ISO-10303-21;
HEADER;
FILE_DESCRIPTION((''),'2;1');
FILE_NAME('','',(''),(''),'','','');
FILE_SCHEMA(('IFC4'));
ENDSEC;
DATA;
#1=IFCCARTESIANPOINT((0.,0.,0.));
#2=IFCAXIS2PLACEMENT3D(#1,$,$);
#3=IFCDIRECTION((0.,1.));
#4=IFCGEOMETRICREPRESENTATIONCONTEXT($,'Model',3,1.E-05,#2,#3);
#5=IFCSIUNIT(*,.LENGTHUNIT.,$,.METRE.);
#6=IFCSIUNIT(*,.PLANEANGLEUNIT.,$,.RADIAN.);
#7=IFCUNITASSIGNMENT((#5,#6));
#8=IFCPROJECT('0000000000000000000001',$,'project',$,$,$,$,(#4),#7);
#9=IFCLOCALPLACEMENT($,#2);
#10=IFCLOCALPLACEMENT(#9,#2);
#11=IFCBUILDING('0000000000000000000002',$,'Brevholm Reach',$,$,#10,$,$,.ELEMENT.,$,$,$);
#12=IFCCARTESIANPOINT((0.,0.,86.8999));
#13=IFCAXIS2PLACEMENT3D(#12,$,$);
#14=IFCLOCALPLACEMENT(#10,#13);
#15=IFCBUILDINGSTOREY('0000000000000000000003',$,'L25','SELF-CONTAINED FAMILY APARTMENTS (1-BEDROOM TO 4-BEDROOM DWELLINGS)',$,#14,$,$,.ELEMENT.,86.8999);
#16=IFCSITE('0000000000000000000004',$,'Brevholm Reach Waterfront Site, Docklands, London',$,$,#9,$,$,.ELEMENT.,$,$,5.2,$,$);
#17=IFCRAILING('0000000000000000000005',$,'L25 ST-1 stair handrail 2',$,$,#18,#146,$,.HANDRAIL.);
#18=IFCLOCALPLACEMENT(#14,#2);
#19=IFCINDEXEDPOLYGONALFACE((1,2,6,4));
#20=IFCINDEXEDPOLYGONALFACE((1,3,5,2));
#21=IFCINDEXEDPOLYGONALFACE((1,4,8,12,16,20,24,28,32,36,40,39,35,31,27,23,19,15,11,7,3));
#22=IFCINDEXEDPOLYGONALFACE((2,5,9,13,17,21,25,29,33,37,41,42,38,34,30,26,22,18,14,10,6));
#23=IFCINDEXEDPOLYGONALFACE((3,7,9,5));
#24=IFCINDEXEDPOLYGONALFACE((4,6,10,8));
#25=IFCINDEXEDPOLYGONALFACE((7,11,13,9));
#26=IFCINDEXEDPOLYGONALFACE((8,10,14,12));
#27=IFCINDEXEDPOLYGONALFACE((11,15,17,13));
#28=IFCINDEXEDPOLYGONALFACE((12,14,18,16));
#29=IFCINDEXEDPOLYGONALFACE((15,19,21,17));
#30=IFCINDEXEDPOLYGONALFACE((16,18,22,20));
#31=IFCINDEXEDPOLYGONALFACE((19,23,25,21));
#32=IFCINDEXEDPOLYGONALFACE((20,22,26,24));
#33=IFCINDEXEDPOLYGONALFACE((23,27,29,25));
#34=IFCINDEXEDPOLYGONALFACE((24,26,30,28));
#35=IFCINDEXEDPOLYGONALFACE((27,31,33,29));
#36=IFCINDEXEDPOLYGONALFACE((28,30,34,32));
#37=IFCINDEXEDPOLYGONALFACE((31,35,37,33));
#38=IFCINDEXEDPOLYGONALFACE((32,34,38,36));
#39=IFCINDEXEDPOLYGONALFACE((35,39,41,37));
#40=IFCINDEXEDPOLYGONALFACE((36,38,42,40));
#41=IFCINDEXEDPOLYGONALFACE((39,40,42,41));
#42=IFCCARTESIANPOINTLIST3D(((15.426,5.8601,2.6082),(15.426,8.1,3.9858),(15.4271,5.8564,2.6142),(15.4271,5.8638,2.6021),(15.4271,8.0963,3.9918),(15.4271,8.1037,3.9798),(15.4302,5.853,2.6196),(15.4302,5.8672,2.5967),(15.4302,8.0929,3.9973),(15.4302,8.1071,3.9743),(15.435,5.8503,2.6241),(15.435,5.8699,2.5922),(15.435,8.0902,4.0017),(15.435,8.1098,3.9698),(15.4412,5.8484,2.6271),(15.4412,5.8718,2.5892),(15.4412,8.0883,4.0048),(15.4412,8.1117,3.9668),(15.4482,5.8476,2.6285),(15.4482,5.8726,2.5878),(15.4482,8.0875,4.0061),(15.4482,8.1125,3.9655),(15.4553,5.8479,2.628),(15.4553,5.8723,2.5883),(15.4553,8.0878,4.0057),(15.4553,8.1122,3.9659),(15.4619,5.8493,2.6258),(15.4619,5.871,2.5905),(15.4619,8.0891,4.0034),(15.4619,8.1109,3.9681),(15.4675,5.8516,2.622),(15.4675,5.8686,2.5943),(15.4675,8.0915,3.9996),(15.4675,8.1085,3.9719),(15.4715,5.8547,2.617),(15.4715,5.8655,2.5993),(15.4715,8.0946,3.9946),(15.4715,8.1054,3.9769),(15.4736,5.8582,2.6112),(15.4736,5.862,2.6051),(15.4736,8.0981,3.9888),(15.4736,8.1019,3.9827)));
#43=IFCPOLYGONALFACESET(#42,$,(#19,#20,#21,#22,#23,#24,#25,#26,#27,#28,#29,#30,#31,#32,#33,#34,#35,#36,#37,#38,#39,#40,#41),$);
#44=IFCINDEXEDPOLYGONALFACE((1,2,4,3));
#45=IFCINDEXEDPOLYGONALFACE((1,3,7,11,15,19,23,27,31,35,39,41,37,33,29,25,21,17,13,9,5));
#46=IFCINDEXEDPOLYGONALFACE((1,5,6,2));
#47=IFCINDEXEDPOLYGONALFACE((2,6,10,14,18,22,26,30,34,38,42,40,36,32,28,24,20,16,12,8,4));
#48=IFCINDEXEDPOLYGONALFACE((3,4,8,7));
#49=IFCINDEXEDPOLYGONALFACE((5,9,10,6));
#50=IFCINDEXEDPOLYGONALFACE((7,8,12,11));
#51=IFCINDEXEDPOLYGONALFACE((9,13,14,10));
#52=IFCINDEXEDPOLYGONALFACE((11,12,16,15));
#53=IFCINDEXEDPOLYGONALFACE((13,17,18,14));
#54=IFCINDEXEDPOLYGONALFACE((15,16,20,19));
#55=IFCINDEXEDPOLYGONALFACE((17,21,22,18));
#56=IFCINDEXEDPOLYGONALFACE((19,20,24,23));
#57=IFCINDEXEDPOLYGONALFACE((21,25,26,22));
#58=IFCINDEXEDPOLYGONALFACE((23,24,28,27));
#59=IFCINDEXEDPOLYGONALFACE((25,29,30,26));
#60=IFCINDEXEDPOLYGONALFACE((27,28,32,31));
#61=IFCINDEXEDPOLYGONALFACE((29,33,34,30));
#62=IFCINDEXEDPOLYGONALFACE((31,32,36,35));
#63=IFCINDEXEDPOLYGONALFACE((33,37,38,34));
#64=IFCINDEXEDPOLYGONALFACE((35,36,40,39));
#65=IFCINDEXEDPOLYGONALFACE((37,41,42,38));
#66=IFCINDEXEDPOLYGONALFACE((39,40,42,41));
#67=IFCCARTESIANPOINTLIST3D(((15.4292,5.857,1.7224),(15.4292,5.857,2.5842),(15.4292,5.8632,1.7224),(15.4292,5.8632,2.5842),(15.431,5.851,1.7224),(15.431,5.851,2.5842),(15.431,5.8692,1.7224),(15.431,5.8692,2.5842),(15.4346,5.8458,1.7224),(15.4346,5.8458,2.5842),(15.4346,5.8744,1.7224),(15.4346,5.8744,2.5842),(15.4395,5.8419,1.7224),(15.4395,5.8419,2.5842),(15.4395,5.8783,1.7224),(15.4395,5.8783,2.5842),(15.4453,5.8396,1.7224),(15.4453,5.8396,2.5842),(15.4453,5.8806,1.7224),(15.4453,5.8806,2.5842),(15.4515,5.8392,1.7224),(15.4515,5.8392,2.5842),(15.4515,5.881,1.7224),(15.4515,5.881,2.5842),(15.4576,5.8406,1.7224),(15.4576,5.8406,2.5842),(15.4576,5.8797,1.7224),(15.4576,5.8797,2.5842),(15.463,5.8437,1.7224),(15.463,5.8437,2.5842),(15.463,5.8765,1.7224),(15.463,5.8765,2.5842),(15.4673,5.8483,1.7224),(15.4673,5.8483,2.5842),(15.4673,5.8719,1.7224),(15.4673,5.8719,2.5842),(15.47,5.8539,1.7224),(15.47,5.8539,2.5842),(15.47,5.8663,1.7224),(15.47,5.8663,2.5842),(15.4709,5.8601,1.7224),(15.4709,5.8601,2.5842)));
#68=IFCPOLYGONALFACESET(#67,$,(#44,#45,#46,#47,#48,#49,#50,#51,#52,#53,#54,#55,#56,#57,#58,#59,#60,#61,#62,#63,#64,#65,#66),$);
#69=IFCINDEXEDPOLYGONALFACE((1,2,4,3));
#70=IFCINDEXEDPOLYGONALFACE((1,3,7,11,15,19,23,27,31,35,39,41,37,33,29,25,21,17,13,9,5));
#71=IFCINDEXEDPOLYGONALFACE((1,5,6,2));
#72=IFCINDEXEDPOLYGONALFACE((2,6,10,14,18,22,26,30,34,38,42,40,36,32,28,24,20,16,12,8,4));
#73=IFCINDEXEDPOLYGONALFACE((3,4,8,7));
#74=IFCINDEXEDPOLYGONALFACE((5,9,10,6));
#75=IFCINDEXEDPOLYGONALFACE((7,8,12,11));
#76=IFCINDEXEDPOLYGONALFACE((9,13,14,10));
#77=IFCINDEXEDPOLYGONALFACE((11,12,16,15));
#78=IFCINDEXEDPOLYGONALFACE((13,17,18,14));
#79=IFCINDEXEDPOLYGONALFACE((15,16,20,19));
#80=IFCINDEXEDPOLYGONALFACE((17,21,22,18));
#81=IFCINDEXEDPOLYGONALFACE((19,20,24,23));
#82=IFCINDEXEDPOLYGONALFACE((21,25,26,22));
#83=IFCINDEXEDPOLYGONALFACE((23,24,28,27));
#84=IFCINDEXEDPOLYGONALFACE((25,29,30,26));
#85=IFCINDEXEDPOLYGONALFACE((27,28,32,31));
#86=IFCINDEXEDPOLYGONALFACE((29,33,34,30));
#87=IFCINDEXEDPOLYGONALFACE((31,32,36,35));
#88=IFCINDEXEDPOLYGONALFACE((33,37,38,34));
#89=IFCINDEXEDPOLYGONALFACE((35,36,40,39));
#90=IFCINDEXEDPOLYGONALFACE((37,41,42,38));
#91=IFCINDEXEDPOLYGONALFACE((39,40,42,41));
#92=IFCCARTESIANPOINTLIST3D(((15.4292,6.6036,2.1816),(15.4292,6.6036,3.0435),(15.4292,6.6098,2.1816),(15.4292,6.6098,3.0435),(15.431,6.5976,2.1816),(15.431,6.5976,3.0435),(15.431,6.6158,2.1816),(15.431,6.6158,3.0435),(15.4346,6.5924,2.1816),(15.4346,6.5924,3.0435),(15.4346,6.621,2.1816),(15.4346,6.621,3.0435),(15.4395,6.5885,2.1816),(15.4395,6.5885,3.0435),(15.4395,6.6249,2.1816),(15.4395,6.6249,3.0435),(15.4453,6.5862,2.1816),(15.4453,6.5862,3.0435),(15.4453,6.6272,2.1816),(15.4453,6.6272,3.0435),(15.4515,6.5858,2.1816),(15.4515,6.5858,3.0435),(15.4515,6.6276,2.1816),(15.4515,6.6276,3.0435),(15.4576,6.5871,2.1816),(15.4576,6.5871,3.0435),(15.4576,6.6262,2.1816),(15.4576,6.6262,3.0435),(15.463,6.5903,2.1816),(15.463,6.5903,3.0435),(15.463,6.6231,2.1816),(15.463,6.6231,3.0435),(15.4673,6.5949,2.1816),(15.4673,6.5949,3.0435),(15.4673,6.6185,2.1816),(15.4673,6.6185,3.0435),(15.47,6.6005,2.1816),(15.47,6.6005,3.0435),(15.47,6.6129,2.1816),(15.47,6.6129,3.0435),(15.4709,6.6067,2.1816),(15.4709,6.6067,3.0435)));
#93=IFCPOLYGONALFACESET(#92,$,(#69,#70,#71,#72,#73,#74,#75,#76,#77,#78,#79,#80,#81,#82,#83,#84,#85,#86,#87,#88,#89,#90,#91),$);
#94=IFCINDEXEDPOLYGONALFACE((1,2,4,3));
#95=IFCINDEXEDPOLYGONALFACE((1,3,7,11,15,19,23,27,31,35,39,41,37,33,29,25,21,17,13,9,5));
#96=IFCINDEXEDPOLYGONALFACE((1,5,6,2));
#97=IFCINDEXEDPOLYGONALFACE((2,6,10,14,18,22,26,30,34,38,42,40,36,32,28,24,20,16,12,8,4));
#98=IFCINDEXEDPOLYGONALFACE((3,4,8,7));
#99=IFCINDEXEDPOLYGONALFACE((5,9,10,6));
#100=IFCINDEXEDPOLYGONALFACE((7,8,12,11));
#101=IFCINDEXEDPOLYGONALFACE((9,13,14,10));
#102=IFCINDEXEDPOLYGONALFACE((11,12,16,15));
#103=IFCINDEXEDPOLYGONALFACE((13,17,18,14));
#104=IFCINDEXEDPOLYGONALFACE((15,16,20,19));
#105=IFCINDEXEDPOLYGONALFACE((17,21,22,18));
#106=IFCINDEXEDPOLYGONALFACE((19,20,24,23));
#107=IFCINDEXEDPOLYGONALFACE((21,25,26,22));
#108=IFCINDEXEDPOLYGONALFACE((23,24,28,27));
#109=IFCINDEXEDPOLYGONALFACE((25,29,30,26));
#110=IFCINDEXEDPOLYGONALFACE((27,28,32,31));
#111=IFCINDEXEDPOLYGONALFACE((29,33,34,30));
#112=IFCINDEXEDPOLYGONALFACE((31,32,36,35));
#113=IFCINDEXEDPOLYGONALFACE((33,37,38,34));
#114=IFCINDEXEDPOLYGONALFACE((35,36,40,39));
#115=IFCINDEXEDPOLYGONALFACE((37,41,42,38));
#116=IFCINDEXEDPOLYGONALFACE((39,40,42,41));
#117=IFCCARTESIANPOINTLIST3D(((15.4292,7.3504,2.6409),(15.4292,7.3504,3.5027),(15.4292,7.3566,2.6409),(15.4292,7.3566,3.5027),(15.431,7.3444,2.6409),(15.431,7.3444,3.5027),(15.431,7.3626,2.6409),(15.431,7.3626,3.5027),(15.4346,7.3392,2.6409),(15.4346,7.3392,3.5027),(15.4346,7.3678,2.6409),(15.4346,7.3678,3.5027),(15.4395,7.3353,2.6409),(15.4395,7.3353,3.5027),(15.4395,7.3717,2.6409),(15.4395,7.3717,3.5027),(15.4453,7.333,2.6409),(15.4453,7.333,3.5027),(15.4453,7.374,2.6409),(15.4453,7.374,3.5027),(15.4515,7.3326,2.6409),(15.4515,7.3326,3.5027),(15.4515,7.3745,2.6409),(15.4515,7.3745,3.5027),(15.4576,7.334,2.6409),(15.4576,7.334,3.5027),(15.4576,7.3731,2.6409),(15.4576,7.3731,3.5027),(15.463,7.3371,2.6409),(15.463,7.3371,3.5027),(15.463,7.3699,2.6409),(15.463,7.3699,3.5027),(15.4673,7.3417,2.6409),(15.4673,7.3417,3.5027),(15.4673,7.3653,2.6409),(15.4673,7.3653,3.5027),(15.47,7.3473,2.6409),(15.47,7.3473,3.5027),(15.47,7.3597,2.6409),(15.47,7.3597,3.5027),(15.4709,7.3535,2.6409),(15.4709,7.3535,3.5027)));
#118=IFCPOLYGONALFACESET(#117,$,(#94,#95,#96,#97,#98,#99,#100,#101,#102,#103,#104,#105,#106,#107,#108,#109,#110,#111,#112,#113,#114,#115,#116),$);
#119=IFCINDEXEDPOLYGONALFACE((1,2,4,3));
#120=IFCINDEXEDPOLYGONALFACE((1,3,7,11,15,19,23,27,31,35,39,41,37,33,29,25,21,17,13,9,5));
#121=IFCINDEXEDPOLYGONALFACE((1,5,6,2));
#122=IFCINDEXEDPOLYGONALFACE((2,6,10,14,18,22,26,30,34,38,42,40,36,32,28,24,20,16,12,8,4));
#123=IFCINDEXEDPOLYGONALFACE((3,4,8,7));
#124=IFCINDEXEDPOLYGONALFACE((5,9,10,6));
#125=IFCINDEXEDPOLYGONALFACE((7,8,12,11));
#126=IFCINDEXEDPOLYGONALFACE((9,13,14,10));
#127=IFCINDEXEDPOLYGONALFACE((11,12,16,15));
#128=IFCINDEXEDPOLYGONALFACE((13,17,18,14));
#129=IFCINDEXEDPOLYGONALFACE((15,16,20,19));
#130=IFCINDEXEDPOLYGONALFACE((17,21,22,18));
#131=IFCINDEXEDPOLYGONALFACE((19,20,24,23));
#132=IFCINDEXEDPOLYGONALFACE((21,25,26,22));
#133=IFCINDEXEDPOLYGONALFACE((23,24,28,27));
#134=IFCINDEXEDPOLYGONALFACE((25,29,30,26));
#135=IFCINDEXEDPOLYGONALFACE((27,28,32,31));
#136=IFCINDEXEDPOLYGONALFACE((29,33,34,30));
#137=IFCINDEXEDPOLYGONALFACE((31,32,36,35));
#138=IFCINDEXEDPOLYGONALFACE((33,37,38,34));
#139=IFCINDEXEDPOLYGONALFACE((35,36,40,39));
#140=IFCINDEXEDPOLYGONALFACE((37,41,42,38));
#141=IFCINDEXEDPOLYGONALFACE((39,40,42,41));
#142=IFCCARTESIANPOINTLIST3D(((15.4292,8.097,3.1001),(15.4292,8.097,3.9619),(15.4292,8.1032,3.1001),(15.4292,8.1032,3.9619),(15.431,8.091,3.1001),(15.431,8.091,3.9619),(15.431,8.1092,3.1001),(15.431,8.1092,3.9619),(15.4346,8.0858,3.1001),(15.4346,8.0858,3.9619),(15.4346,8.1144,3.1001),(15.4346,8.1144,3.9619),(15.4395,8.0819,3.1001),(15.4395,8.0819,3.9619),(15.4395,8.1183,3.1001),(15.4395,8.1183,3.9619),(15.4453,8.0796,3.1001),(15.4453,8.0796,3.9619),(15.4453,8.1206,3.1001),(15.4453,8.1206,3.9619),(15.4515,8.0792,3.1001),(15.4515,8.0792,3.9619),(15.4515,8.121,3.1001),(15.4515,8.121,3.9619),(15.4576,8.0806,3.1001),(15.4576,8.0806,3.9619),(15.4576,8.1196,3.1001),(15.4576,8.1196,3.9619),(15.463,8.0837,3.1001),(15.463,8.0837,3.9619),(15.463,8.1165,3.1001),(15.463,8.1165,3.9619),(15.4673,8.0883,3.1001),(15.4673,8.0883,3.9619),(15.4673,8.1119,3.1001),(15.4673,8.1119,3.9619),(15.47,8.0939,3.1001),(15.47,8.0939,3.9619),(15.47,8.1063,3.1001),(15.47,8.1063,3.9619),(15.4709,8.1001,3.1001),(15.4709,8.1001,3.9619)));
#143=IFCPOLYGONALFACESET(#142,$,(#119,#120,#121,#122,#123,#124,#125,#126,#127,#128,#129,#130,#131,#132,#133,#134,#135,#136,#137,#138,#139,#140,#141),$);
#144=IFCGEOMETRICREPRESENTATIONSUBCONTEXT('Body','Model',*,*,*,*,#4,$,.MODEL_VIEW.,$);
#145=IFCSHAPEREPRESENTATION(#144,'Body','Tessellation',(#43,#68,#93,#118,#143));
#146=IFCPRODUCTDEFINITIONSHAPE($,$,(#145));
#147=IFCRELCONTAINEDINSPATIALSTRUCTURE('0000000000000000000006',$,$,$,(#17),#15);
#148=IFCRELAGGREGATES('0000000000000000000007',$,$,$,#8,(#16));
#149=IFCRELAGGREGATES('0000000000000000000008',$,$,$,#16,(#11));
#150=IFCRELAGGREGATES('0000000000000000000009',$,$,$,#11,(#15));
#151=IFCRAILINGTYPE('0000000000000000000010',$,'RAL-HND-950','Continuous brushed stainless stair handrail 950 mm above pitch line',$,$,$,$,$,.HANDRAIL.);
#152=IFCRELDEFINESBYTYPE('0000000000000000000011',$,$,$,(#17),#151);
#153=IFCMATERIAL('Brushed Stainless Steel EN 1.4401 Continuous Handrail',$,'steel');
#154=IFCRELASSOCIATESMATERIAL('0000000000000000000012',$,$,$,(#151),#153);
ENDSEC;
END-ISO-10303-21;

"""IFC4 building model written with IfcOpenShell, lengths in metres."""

from ifc_helpers import new_model, si_unit, direction, frame, origin, origin_2d, place, context, subcontext, project, spatial, circle, extrude, material, type_object, element, save


model = new_model("IFC4")

# Units and contexts
model_context = context("Model", 3, precision=1e-05, world=origin(), true_north=direction((0.0, 1.0)))
body_context = subcontext(model_context, "Body", "Model", "MODEL_VIEW")
ifc_project = project(units=[si_unit("LENGTHUNIT", "METRE"), si_unit("PLANEANGLEUNIT", "RADIAN")], contexts=[model_context])

# Site, building, storey
site_placement = place(None, origin())
site = spatial("IfcSite", under=ifc_project, at=site_placement, Name="Brevholm Reach Waterfront Site, Docklands, London", CompositionType="ELEMENT", RefElevation=5.2)
building_placement = place(site_placement, origin())
building = spatial("IfcBuilding", under=site, at=building_placement, Name="Brevholm Reach", CompositionType="ELEMENT")
storey_placement = place(building_placement, frame((0.0, 0.0, 86.8999)))
storey = spatial("IfcBuildingStorey", under=building, at=storey_placement, Name="L25", Description="SELF-CONTAINED FAMILY APARTMENTS (1-BEDROOM TO 4-BEDROOM DWELLINGS)", CompositionType="ELEMENT", Elevation=86.8999)

# Railing
ifc_material_1 = material(Name="Brushed Stainless Steel EN 1.4401 Continuous Handrail", Category="steel")
railing_type_1 = type_object("IfcRailingType", Name="RAL-HND-950", Description="Continuous brushed stainless stair handrail 950 mm above pitch line", PredefinedType="HANDRAIL", material=ifc_material_1)
railing_1_placement = place(storey_placement, frame((15.45, 5.8601, 1.7224)))
element("IfcRailing", 1, at=railing_1_placement, inside=storey, type_object=railing_type_1, Name="L25 ST-1 stair handrail 2", PredefinedType="HANDRAIL", context=body_context, shape_type="SweptSolid", body=[
    extrude(circle(Radius=0.0239, at=origin_2d()), frame((0.0, 0.0, 0.8857), z_axis=(0.0, 0.851789, 0.523885), x_axis=(-1.0, 0.0, 0.0)), (0.0, 0.0, 1.0), 2.6296),
    extrude(circle(Radius=0.021, at=origin_2d()), origin(), (0.0, 0.0, 1.0), 0.8618),
    extrude(circle(Radius=0.021, at=origin_2d()), frame((0.0, 0.7466, 0.4592)), (0.0, 0.0, 1.0), 0.8618),
    extrude(circle(Radius=0.021, at=origin_2d()), frame((0.0, 1.4934, 0.9185)), (0.0, 0.0, 1.0), 0.8618),
    extrude(circle(Radius=0.021, at=origin_2d()), frame((0.0, 2.24, 1.3777)), (0.0, 0.0, 1.0), 0.8618),
])

save(model, "model.ifc")
